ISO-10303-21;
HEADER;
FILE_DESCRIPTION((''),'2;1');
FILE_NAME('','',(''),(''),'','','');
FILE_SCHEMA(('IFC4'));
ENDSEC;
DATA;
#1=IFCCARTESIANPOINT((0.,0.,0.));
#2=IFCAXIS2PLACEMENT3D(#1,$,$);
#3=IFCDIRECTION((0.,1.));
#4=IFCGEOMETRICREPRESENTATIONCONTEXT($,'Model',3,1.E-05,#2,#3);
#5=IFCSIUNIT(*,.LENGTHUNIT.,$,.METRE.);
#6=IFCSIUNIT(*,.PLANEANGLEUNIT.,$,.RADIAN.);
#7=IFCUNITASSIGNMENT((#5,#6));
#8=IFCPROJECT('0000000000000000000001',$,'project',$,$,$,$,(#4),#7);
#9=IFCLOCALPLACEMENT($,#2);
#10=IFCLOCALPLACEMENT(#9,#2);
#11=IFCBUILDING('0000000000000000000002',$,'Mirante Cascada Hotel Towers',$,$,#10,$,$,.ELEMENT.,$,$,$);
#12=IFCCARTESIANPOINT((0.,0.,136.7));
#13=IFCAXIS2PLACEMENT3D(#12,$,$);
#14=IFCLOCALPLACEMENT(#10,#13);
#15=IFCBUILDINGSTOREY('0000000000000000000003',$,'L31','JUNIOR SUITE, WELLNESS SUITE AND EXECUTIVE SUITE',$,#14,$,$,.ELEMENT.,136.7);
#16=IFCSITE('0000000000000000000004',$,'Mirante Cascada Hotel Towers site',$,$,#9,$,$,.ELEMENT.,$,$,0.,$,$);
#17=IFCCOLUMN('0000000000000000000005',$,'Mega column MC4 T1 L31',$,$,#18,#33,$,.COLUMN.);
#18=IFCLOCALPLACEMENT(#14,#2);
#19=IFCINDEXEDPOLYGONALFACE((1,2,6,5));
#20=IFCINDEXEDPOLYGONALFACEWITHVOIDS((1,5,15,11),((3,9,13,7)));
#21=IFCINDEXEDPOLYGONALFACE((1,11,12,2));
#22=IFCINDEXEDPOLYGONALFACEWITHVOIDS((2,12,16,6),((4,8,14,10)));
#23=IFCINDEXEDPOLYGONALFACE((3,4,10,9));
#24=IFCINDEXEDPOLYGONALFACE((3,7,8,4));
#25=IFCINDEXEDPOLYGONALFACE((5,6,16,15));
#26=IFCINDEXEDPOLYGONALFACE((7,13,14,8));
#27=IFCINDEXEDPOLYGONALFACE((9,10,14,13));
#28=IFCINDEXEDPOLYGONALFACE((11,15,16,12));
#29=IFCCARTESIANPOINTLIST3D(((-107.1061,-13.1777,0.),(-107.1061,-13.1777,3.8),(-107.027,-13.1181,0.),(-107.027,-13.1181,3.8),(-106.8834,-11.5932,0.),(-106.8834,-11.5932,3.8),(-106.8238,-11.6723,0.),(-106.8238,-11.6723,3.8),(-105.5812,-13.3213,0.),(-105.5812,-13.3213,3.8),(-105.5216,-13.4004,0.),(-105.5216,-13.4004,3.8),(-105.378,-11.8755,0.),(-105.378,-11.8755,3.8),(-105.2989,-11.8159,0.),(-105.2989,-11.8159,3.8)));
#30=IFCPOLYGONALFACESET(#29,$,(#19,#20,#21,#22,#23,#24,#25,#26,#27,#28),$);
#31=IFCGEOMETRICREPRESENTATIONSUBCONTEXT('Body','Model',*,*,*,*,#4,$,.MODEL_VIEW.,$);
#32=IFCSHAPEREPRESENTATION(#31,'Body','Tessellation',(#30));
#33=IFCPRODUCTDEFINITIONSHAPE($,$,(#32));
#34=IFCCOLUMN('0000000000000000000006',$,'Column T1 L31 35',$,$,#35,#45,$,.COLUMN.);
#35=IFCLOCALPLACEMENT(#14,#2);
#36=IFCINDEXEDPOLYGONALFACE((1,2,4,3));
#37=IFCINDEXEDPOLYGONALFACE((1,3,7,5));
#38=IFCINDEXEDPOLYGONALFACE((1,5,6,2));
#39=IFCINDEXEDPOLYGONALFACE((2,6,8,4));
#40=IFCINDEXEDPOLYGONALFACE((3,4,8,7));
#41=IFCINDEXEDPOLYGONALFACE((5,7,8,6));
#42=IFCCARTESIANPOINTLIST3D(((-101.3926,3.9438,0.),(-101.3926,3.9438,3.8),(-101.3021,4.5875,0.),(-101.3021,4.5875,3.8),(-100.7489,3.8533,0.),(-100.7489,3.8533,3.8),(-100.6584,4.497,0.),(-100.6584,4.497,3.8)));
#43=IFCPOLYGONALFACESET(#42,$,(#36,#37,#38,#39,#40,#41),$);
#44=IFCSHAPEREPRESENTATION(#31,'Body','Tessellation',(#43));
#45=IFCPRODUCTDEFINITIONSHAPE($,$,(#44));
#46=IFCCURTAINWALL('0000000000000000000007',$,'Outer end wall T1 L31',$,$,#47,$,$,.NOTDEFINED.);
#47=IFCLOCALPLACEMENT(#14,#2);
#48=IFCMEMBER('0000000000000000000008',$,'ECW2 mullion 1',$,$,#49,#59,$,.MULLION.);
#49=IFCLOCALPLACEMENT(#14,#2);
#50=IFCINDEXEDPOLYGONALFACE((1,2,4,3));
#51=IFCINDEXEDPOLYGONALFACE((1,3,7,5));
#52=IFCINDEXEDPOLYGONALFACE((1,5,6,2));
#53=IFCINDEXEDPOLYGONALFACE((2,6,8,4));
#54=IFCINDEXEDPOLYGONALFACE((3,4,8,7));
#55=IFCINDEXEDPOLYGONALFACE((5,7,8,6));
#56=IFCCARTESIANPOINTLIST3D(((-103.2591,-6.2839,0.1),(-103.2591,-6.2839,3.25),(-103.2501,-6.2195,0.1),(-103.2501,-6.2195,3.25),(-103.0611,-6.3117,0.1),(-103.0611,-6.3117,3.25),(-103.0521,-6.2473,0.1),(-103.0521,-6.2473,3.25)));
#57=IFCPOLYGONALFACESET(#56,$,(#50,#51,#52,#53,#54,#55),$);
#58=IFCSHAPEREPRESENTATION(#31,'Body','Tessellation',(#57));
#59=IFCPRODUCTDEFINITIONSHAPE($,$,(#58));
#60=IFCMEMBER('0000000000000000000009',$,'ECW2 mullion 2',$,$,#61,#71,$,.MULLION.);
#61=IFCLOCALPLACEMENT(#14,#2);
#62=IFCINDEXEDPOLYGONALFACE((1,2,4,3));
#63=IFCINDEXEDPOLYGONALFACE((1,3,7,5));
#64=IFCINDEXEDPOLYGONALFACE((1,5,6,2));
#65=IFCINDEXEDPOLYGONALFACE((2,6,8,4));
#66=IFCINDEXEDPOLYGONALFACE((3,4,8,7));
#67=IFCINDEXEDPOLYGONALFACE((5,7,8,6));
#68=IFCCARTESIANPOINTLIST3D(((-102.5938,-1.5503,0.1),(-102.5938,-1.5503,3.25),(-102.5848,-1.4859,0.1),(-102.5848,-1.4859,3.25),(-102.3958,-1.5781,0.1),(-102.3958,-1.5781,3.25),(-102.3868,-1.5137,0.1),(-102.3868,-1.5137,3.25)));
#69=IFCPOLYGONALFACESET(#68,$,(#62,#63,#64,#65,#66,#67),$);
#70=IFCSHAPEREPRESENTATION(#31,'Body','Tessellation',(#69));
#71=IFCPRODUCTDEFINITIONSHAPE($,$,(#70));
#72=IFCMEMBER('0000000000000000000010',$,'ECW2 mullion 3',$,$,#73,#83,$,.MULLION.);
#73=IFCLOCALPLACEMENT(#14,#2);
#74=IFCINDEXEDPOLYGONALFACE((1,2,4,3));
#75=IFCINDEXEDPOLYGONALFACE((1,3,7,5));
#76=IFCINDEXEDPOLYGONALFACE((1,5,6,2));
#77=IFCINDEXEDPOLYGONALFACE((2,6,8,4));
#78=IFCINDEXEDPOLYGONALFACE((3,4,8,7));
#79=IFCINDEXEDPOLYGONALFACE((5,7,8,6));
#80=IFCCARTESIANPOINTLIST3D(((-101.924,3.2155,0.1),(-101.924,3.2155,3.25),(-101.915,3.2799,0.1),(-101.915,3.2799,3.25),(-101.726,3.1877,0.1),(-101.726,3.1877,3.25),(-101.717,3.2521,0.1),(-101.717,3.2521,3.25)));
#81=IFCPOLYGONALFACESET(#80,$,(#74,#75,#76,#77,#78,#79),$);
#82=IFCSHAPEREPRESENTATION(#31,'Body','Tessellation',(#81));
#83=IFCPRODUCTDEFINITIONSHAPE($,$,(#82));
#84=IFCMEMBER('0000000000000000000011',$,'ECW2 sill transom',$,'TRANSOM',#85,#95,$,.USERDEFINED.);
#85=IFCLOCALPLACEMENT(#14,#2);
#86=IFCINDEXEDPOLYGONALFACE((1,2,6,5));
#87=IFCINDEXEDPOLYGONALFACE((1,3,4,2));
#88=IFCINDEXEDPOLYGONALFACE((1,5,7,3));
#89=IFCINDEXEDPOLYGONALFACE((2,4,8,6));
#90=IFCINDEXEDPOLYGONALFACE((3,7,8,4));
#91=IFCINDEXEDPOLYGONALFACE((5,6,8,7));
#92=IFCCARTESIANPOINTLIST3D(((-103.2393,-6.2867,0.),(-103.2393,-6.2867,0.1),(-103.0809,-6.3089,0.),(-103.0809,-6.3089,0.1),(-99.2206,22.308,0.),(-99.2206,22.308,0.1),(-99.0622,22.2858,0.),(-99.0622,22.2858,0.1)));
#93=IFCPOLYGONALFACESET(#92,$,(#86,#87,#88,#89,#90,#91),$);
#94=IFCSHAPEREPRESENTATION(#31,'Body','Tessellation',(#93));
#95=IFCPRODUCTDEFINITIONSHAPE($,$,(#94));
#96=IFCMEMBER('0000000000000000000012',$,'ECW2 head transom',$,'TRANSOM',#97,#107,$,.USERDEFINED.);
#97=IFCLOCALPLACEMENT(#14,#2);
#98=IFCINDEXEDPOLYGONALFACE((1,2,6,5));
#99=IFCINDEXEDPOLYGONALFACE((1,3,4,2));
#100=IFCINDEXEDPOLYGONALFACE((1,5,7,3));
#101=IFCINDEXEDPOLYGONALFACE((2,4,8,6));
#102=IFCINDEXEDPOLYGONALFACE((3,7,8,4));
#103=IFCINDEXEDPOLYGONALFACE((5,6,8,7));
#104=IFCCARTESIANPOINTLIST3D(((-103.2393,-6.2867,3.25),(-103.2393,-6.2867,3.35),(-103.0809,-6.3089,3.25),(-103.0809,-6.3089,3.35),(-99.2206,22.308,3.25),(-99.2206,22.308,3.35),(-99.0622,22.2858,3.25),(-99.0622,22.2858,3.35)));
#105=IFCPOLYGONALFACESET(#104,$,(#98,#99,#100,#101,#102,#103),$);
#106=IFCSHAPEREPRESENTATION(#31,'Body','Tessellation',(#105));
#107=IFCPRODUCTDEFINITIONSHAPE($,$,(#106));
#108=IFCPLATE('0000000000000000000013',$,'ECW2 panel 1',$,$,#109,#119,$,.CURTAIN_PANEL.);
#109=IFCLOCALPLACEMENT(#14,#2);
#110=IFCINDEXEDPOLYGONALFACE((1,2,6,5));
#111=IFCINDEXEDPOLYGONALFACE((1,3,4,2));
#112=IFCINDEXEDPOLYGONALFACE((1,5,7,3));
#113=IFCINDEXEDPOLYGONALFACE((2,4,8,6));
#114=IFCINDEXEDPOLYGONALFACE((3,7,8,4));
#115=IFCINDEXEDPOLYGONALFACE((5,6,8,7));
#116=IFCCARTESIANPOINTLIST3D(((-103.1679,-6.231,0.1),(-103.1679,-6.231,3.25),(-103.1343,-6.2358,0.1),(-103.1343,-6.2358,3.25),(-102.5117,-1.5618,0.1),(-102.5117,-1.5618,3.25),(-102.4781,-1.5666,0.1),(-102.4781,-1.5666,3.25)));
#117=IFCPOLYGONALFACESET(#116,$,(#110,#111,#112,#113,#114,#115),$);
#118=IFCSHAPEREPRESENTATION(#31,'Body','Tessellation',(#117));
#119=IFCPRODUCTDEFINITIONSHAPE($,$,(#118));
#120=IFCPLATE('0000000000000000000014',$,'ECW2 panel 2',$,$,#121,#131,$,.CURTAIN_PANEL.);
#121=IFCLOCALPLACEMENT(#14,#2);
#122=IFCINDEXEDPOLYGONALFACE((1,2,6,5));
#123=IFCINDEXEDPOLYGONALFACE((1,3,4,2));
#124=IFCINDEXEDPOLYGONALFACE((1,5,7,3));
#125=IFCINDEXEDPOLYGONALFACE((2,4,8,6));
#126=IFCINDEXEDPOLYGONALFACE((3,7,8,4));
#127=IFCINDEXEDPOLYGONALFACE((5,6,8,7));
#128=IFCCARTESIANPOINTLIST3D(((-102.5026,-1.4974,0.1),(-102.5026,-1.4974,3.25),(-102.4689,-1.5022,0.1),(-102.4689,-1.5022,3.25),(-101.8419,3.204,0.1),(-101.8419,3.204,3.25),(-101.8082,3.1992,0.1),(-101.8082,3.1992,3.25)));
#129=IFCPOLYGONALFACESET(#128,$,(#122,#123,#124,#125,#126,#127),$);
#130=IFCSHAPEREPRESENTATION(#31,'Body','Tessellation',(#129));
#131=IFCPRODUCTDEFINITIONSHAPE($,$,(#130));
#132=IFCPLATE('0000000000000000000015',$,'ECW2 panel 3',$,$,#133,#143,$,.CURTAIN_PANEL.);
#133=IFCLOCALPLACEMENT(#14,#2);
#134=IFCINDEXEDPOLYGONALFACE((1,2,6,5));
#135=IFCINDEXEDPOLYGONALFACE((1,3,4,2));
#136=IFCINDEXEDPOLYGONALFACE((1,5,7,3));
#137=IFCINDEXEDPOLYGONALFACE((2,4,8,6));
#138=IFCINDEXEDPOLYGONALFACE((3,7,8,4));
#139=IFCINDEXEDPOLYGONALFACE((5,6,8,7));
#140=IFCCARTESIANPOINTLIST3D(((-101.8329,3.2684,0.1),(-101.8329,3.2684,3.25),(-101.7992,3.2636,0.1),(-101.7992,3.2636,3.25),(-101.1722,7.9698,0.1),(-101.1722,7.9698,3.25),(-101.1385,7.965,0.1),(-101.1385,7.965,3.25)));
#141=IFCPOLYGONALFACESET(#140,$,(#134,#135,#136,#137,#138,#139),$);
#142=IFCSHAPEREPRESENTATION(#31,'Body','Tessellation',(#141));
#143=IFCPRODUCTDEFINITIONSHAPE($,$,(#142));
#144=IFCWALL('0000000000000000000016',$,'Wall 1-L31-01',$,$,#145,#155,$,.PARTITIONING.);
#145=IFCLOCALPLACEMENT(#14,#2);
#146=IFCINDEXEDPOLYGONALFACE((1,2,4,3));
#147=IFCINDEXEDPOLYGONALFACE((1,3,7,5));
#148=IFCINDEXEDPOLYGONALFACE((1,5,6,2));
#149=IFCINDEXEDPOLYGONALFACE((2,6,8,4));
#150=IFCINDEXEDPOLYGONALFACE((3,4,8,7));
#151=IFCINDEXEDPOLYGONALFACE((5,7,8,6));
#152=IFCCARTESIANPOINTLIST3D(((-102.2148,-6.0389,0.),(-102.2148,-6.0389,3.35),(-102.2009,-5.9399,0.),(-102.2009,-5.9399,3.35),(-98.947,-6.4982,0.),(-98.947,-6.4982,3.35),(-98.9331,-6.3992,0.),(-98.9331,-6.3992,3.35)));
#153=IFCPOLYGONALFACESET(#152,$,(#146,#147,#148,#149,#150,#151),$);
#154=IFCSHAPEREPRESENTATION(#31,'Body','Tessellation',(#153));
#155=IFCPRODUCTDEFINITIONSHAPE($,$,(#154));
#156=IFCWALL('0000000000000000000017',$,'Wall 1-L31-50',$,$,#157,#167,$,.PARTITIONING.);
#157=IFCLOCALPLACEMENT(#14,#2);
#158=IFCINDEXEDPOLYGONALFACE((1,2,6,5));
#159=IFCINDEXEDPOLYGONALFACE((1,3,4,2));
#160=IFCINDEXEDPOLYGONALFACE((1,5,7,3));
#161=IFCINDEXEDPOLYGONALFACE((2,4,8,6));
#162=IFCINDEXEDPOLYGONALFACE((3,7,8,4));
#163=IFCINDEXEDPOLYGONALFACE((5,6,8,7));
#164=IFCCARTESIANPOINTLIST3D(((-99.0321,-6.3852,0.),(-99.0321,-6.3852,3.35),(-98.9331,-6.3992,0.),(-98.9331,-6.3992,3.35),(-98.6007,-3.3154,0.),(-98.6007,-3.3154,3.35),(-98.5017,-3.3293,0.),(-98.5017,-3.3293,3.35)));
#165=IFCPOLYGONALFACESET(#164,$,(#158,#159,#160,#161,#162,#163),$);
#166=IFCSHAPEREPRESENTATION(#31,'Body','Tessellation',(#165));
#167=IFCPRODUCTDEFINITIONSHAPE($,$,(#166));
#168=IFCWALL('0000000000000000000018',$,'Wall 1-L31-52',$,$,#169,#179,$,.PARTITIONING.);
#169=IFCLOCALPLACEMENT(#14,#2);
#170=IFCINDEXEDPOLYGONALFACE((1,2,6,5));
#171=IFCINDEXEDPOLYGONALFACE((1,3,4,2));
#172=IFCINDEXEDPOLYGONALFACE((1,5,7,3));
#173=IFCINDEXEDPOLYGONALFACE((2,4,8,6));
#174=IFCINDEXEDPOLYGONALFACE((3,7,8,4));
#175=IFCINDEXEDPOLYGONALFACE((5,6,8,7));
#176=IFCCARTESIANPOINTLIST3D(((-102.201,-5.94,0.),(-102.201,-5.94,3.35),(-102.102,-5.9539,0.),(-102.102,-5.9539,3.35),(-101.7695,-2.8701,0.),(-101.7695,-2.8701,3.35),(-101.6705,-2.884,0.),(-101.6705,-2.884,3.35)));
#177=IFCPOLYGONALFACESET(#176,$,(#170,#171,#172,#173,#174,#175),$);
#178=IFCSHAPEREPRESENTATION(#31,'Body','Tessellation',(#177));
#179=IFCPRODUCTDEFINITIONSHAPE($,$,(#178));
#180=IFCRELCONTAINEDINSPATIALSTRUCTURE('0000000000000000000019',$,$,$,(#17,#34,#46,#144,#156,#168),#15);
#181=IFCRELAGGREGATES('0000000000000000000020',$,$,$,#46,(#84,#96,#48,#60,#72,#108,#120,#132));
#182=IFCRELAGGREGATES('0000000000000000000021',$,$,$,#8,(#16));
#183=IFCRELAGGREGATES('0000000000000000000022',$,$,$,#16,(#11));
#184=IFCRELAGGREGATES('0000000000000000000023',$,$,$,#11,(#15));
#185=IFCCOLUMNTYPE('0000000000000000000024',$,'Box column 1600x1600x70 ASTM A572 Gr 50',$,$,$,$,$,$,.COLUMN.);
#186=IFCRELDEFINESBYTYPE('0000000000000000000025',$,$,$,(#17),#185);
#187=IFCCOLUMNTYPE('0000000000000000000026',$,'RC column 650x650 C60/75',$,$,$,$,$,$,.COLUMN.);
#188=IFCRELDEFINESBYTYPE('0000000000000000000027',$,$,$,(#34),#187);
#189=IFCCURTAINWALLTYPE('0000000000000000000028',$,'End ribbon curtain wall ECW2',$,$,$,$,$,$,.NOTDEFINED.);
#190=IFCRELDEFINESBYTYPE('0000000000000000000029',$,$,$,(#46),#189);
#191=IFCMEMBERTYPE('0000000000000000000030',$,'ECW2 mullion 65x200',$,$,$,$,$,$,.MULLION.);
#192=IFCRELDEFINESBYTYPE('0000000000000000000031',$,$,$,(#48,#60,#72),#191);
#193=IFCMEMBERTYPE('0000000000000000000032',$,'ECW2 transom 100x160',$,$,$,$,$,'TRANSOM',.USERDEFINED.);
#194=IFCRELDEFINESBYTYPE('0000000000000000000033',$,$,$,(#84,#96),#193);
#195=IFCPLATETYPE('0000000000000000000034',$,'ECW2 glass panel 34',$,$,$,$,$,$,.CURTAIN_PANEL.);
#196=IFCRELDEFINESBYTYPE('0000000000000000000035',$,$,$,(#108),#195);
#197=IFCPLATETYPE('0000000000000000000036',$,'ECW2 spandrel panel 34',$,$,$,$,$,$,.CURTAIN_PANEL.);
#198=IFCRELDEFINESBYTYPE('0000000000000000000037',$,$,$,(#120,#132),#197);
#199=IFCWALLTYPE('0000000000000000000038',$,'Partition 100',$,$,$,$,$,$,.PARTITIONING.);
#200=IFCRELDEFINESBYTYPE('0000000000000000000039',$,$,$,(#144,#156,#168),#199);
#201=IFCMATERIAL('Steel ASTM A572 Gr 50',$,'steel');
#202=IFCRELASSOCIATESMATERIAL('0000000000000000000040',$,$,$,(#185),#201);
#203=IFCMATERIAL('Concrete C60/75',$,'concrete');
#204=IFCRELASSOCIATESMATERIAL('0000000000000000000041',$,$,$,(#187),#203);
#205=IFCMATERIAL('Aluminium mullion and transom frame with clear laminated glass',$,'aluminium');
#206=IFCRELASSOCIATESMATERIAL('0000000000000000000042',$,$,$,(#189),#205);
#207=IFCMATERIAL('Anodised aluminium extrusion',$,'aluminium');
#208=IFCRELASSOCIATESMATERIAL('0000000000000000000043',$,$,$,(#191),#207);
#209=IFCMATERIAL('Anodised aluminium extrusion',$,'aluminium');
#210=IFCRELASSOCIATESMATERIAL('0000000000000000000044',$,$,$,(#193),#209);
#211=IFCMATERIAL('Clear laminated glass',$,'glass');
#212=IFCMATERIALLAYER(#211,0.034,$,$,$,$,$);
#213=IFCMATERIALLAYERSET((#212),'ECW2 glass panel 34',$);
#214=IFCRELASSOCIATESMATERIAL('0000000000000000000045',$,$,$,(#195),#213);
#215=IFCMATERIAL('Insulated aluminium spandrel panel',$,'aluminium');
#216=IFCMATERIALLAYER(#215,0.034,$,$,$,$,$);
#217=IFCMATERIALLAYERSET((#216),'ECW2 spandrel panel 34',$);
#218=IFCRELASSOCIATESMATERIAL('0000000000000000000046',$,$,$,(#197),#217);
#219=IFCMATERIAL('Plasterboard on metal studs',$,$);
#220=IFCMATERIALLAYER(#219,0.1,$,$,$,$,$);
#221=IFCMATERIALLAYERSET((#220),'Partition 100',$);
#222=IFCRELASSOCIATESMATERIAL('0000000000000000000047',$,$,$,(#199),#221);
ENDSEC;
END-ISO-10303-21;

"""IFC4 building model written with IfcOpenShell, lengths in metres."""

from ifc_helpers import new_model, si_unit, direction, frame, frame_2d, origin, origin_2d, place, context, subcontext, project, spatial, rectangle, hollow_rectangle, extrude, material, layer, layer_set, material_profile, profile_set, type_object, element, aggregate, save


model = new_model("IFC4")

# Units and contexts
model_context = context("Model", 3, precision=1e-05, world=origin(), true_north=direction((0.0, 1.0)))
body_context = subcontext(model_context, "Body", "Model", "MODEL_VIEW")
ifc_project = project(units=[si_unit("LENGTHUNIT", "METRE"), si_unit("PLANEANGLEUNIT", "RADIAN")], contexts=[model_context])

# Site, building, storey
site_placement = place(None, origin())
site = spatial("IfcSite", under=ifc_project, at=site_placement, Name="Mirante Cascada Hotel Towers site", CompositionType="ELEMENT", RefElevation=0.0)
building_placement = place(site_placement, origin())
building = spatial("IfcBuilding", under=site, at=building_placement, Name="Mirante Cascada Hotel Towers", CompositionType="ELEMENT")
storey_placement = place(building_placement, frame((0.0, 0.0, 136.7)))
storey = spatial("IfcBuildingStorey", under=building, at=storey_placement, Name="L31", Description="JUNIOR SUITE, WELLNESS SUITE AND EXECUTIVE SUITE", CompositionType="ELEMENT", Elevation=136.7)

# Columns
ifc_material_1 = material(Name="Steel ASTM A572 Gr 50", Category="steel")
ifc_material_profile_1 = material_profile(ifc_material_1, hollow_rectangle(XDim=1.6, YDim=1.6, WallThickness=0.07, at=origin_2d()), Name="Box column 1600x1600x70 ASTM A572 Gr 50")
ifc_profile_set_1 = profile_set([ifc_material_profile_1], Name="Steel ASTM A572 Gr 50")
column_type_1 = type_object("IfcColumnType", Name="Box column 1600x1600x70 ASTM A572 Gr 50", PredefinedType="COLUMN", material=ifc_profile_set_1)
column_1_placement = place(storey_placement, frame((-106.2025, -12.4968, 0.0), z_axis=(0.0, 0.0, 1.0), x_axis=(-0.990268, 0.139173, 0.0)))
element("IfcColumn", 1, at=column_1_placement, inside=storey, type_object=column_type_1, Name="Mega column MC4 T1 L31", PredefinedType="COLUMN", context=body_context, shape_type="SweptSolid", body=[
    extrude(hollow_rectangle(XDim=1.6, YDim=1.6, WallThickness=0.07, at=origin_2d()), origin(), (0.0, 0.0, 1.0), 3.8),
])
ifc_material_2 = material(Name="Concrete C60/75", Category="concrete")
ifc_material_profile_2 = material_profile(ifc_material_2, rectangle(XDim=0.65, YDim=0.65, at=origin_2d()), Name="RC column 650x650 C60/75")
ifc_profile_set_2 = profile_set([ifc_material_profile_2], Name="Concrete C60/75")
column_type_2 = type_object("IfcColumnType", Name="RC column 650x650 C60/75", PredefinedType="COLUMN", material=ifc_profile_set_2)
column_2_placement = place(storey_placement, frame((-101.0255, 4.2204, 0.0), z_axis=(0.0, 0.0, 1.0), x_axis=(-0.990268, 0.139173, 0.0)))
element("IfcColumn", 2, at=column_2_placement, inside=storey, type_object=column_type_2, Name="Column T1 L31 35", PredefinedType="COLUMN", context=body_context, shape_type="SweptSolid", body=[
    extrude(rectangle(XDim=0.65, YDim=0.65, at=origin_2d()), origin(), (0.0, 0.0, 1.0), 3.8),
])

# Curtain wall, members, plates
ifc_material_3 = material(Name="Aluminium mullion and transom frame with clear laminated glass", Category="aluminium")
curtain_wall_type = type_object("IfcCurtainWallType", Name="End ribbon curtain wall ECW2", PredefinedType="NOTDEFINED", material=ifc_material_3)
curtain_wall_placement = place(storey_placement, origin())
curtain_wall = element("IfcCurtainWall", 3, at=curtain_wall_placement, inside=storey, type_object=curtain_wall_type, Name="Outer end wall T1 L31", PredefinedType="NOTDEFINED")
ifc_material_4 = material(Name="Anodised aluminium extrusion", Category="aluminium")
ifc_material_profile_3 = material_profile(ifc_material_4, rectangle(XDim=0.2, YDim=0.065, at=origin_2d()), Name="ECW2 MULLION 65x200")
ifc_profile_set_3 = profile_set([ifc_material_profile_3], Name="Anodised aluminium extrusion")
member_type_1 = type_object("IfcMemberType", Name="ECW2 mullion 65x200", PredefinedType="MULLION", material=ifc_profile_set_3)
member_1_placement = place(storey_placement, frame((-103.1556, -6.2656, 0.1), z_axis=(0.0, 0.0, 1.0), x_axis=(-0.990268, 0.139173, 0.0)))
member_1 = element("IfcMember", 4, at=member_1_placement, type_object=member_type_1, Name="ECW2 mullion 1", PredefinedType="MULLION", context=body_context, shape_type="SweptSolid", body=[
    extrude(rectangle(XDim=0.2, YDim=0.065, at=origin_2d()), origin(), (0.0, 0.0, 1.0), 3.15),
])
member_2_placement = place(storey_placement, frame((-102.4903, -1.532, 0.1), z_axis=(0.0, 0.0, 1.0), x_axis=(-0.990268, 0.139173, 0.0)))
member_2 = element("IfcMember", 5, at=member_2_placement, type_object=member_type_1, Name="ECW2 mullion 2", PredefinedType="MULLION", context=body_context, shape_type="SweptSolid", body=[
    extrude(rectangle(XDim=0.2, YDim=0.065, at=origin_2d()), origin(), (0.0, 0.0, 1.0), 3.15),
])
member_3_placement = place(storey_placement, frame((-101.8205, 3.2338, 0.1), z_axis=(0.0, 0.0, 1.0), x_axis=(-0.990268, 0.139173, 0.0)))
member_3 = element("IfcMember", 6, at=member_3_placement, type_object=member_type_1, Name="ECW2 mullion 3", PredefinedType="MULLION", context=body_context, shape_type="SweptSolid", body=[
    extrude(rectangle(XDim=0.2, YDim=0.065, at=origin_2d()), origin(), (0.0, 0.0, 1.0), 3.15),
])
ifc_material_5 = material(Name="Anodised aluminium extrusion", Category="aluminium")
ifc_material_profile_4 = material_profile(ifc_material_5, rectangle(XDim=0.16, YDim=0.1, at=origin_2d()), Name="ECW2 TRANSOM 100x160")
ifc_profile_set_4 = profile_set([ifc_material_profile_4], Name="Anodised aluminium extrusion")
member_type_2 = type_object("IfcMemberType", Name="ECW2 transom 100x160", ElementType="TRANSOM", PredefinedType="USERDEFINED", material=ifc_profile_set_4)
member_4_placement = place(storey_placement, frame((-103.1601, -6.2978, 0.05), z_axis=(0.139172, 0.990268, 0.0), x_axis=(-0.990268, 0.139172, 0.0)))
member_4 = element("IfcMember", 7, at=member_4_placement, type_object=member_type_2, Name="ECW2 sill transom", ObjectType="TRANSOM", PredefinedType="USERDEFINED", context=body_context, shape_type="SweptSolid", body=[
    extrude(rectangle(XDim=0.16, YDim=0.1, at=origin_2d()), origin(), (0.0, 0.0, 1.0), 28.8757),
])
member_5_placement = place(storey_placement, frame((-103.1601, -6.2978, 3.3), z_axis=(0.139172, 0.990268, 0.0), x_axis=(-0.990268, 0.139172, 0.0)))
member_5 = element("IfcMember", 8, at=member_5_placement, type_object=member_type_2, Name="ECW2 head transom", ObjectType="TRANSOM", PredefinedType="USERDEFINED", context=body_context, shape_type="SweptSolid", body=[
    extrude(rectangle(XDim=0.16, YDim=0.1, at=origin_2d()), origin(), (0.0, 0.0, 1.0), 28.8757),
])
ifc_material_6 = material(Name="Clear laminated glass", Category="glass")
ifc_layer_1 = layer(ifc_material_6, 0.034)
ifc_layer_set_1 = layer_set([ifc_layer_1], Name="ECW2 glass panel 34")
plate_type_1 = type_object("IfcPlateType", Name="ECW2 glass panel 34", PredefinedType="CURTAIN_PANEL", material=ifc_layer_set_1)
plate_1_placement = place(storey_placement, frame((-102.823, -3.8988, 0.1), z_axis=(0.0, 0.0, 1.0), x_axis=(0.139173, 0.990268, 0.0)))
plate_1 = element("IfcPlate", 9, at=plate_1_placement, type_object=plate_type_1, Name="ECW2 panel 1", PredefinedType="CURTAIN_PANEL", context=body_context, shape_type="SweptSolid", body=[
    extrude(rectangle(XDim=4.7151, YDim=0.034, at=origin_2d()), origin(), (0.0, 0.0, 1.0), 3.15),
])
ifc_material_7 = material(Name="Insulated aluminium spandrel panel", Category="aluminium")
ifc_layer_2 = layer(ifc_material_7, 0.034)
ifc_layer_set_2 = layer_set([ifc_layer_2], Name="ECW2 spandrel panel 34")
plate_type_2 = type_object("IfcPlateType", Name="ECW2 spandrel panel 34", PredefinedType="CURTAIN_PANEL", material=ifc_layer_set_2)
plate_2_placement = place(storey_placement, frame((-102.1554, 0.8509, 0.1), z_axis=(0.0, 0.0, 1.0), x_axis=(0.139173, 0.990268, 0.0)))
plate_2 = element("IfcPlate", 10, at=plate_2_placement, type_object=plate_type_2, Name="ECW2 panel 2", PredefinedType="CURTAIN_PANEL", context=body_context, shape_type="SweptSolid", body=[
    extrude(rectangle(XDim=4.7476, YDim=0.034, at=origin_2d()), origin(), (0.0, 0.0, 1.0), 3.15),
])
plate_3_placement = place(storey_placement, frame((-101.4857, 5.6167, 0.1), z_axis=(0.0, 0.0, 1.0), x_axis=(0.139173, 0.990268, 0.0)))
plate_3 = element("IfcPlate", 11, at=plate_3_placement, type_object=plate_type_2, Name="ECW2 panel 3", PredefinedType="CURTAIN_PANEL", context=body_context, shape_type="SweptSolid", body=[
    extrude(rectangle(XDim=4.7476, YDim=0.034, at=origin_2d()), origin(), (0.0, 0.0, 1.0), 3.15),
])
aggregate(curtain_wall, [member_4, member_5, member_1, member_2, member_3, plate_1, plate_2, plate_3])

# Walls
ifc_material_8 = material(Name="Plasterboard on metal studs")
ifc_layer_3 = layer(ifc_material_8, 0.1)
ifc_layer_set_3 = layer_set([ifc_layer_3], Name="Partition 100")
wall_type_1 = type_object("IfcWallType", Name="Partition 100", PredefinedType="PARTITIONING", material=ifc_layer_set_3)
wall_1_placement = place(storey_placement, frame((-102.2079, -5.9894, 0.0), z_axis=(0.0, 0.0, 1.0), x_axis=(0.990266, -0.139185, 0.0)))
element("IfcWall", 12, at=wall_1_placement, inside=storey, type_object=wall_type_1, Name="Wall 1-L31-01", PredefinedType="PARTITIONING", context=body_context, shape_type="SweptSolid", body=[
    extrude(rectangle(XDim=3.2999, YDim=0.1, at=frame_2d((1.65, 0.0))), origin(), (0.0, 0.0, 1.0), 3.35),
])
wall_2_placement = place(storey_placement, frame((-98.9826, -6.3922, 0.0), z_axis=(0.0, 0.0, 1.0), x_axis=(0.139163, 0.99027, 0.0)))
element("IfcWall", 13, at=wall_2_placement, inside=storey, type_object=wall_type_1, Name="Wall 1-L31-50", PredefinedType="PARTITIONING", context=body_context, shape_type="SweptSolid", body=[
    extrude(rectangle(XDim=3.1, YDim=0.1, at=frame_2d((1.55, 0.0))), origin(), (0.0, 0.0, 1.0), 3.35),
])
wall_3_placement = place(storey_placement, frame((-102.1515, -5.9469, 0.0), z_axis=(0.0, 0.0, 1.0), x_axis=(0.13919, 0.990266, 0.0)))
element("IfcWall", 14, at=wall_3_placement, inside=storey, type_object=wall_type_1, Name="Wall 1-L31-52", PredefinedType="PARTITIONING", context=body_context, shape_type="SweptSolid", body=[
    extrude(rectangle(XDim=3.1001, YDim=0.1, at=frame_2d((1.55, 0.0))), origin(), (0.0, 0.0, 1.0), 3.35),
])

save(model, "model.ifc")
